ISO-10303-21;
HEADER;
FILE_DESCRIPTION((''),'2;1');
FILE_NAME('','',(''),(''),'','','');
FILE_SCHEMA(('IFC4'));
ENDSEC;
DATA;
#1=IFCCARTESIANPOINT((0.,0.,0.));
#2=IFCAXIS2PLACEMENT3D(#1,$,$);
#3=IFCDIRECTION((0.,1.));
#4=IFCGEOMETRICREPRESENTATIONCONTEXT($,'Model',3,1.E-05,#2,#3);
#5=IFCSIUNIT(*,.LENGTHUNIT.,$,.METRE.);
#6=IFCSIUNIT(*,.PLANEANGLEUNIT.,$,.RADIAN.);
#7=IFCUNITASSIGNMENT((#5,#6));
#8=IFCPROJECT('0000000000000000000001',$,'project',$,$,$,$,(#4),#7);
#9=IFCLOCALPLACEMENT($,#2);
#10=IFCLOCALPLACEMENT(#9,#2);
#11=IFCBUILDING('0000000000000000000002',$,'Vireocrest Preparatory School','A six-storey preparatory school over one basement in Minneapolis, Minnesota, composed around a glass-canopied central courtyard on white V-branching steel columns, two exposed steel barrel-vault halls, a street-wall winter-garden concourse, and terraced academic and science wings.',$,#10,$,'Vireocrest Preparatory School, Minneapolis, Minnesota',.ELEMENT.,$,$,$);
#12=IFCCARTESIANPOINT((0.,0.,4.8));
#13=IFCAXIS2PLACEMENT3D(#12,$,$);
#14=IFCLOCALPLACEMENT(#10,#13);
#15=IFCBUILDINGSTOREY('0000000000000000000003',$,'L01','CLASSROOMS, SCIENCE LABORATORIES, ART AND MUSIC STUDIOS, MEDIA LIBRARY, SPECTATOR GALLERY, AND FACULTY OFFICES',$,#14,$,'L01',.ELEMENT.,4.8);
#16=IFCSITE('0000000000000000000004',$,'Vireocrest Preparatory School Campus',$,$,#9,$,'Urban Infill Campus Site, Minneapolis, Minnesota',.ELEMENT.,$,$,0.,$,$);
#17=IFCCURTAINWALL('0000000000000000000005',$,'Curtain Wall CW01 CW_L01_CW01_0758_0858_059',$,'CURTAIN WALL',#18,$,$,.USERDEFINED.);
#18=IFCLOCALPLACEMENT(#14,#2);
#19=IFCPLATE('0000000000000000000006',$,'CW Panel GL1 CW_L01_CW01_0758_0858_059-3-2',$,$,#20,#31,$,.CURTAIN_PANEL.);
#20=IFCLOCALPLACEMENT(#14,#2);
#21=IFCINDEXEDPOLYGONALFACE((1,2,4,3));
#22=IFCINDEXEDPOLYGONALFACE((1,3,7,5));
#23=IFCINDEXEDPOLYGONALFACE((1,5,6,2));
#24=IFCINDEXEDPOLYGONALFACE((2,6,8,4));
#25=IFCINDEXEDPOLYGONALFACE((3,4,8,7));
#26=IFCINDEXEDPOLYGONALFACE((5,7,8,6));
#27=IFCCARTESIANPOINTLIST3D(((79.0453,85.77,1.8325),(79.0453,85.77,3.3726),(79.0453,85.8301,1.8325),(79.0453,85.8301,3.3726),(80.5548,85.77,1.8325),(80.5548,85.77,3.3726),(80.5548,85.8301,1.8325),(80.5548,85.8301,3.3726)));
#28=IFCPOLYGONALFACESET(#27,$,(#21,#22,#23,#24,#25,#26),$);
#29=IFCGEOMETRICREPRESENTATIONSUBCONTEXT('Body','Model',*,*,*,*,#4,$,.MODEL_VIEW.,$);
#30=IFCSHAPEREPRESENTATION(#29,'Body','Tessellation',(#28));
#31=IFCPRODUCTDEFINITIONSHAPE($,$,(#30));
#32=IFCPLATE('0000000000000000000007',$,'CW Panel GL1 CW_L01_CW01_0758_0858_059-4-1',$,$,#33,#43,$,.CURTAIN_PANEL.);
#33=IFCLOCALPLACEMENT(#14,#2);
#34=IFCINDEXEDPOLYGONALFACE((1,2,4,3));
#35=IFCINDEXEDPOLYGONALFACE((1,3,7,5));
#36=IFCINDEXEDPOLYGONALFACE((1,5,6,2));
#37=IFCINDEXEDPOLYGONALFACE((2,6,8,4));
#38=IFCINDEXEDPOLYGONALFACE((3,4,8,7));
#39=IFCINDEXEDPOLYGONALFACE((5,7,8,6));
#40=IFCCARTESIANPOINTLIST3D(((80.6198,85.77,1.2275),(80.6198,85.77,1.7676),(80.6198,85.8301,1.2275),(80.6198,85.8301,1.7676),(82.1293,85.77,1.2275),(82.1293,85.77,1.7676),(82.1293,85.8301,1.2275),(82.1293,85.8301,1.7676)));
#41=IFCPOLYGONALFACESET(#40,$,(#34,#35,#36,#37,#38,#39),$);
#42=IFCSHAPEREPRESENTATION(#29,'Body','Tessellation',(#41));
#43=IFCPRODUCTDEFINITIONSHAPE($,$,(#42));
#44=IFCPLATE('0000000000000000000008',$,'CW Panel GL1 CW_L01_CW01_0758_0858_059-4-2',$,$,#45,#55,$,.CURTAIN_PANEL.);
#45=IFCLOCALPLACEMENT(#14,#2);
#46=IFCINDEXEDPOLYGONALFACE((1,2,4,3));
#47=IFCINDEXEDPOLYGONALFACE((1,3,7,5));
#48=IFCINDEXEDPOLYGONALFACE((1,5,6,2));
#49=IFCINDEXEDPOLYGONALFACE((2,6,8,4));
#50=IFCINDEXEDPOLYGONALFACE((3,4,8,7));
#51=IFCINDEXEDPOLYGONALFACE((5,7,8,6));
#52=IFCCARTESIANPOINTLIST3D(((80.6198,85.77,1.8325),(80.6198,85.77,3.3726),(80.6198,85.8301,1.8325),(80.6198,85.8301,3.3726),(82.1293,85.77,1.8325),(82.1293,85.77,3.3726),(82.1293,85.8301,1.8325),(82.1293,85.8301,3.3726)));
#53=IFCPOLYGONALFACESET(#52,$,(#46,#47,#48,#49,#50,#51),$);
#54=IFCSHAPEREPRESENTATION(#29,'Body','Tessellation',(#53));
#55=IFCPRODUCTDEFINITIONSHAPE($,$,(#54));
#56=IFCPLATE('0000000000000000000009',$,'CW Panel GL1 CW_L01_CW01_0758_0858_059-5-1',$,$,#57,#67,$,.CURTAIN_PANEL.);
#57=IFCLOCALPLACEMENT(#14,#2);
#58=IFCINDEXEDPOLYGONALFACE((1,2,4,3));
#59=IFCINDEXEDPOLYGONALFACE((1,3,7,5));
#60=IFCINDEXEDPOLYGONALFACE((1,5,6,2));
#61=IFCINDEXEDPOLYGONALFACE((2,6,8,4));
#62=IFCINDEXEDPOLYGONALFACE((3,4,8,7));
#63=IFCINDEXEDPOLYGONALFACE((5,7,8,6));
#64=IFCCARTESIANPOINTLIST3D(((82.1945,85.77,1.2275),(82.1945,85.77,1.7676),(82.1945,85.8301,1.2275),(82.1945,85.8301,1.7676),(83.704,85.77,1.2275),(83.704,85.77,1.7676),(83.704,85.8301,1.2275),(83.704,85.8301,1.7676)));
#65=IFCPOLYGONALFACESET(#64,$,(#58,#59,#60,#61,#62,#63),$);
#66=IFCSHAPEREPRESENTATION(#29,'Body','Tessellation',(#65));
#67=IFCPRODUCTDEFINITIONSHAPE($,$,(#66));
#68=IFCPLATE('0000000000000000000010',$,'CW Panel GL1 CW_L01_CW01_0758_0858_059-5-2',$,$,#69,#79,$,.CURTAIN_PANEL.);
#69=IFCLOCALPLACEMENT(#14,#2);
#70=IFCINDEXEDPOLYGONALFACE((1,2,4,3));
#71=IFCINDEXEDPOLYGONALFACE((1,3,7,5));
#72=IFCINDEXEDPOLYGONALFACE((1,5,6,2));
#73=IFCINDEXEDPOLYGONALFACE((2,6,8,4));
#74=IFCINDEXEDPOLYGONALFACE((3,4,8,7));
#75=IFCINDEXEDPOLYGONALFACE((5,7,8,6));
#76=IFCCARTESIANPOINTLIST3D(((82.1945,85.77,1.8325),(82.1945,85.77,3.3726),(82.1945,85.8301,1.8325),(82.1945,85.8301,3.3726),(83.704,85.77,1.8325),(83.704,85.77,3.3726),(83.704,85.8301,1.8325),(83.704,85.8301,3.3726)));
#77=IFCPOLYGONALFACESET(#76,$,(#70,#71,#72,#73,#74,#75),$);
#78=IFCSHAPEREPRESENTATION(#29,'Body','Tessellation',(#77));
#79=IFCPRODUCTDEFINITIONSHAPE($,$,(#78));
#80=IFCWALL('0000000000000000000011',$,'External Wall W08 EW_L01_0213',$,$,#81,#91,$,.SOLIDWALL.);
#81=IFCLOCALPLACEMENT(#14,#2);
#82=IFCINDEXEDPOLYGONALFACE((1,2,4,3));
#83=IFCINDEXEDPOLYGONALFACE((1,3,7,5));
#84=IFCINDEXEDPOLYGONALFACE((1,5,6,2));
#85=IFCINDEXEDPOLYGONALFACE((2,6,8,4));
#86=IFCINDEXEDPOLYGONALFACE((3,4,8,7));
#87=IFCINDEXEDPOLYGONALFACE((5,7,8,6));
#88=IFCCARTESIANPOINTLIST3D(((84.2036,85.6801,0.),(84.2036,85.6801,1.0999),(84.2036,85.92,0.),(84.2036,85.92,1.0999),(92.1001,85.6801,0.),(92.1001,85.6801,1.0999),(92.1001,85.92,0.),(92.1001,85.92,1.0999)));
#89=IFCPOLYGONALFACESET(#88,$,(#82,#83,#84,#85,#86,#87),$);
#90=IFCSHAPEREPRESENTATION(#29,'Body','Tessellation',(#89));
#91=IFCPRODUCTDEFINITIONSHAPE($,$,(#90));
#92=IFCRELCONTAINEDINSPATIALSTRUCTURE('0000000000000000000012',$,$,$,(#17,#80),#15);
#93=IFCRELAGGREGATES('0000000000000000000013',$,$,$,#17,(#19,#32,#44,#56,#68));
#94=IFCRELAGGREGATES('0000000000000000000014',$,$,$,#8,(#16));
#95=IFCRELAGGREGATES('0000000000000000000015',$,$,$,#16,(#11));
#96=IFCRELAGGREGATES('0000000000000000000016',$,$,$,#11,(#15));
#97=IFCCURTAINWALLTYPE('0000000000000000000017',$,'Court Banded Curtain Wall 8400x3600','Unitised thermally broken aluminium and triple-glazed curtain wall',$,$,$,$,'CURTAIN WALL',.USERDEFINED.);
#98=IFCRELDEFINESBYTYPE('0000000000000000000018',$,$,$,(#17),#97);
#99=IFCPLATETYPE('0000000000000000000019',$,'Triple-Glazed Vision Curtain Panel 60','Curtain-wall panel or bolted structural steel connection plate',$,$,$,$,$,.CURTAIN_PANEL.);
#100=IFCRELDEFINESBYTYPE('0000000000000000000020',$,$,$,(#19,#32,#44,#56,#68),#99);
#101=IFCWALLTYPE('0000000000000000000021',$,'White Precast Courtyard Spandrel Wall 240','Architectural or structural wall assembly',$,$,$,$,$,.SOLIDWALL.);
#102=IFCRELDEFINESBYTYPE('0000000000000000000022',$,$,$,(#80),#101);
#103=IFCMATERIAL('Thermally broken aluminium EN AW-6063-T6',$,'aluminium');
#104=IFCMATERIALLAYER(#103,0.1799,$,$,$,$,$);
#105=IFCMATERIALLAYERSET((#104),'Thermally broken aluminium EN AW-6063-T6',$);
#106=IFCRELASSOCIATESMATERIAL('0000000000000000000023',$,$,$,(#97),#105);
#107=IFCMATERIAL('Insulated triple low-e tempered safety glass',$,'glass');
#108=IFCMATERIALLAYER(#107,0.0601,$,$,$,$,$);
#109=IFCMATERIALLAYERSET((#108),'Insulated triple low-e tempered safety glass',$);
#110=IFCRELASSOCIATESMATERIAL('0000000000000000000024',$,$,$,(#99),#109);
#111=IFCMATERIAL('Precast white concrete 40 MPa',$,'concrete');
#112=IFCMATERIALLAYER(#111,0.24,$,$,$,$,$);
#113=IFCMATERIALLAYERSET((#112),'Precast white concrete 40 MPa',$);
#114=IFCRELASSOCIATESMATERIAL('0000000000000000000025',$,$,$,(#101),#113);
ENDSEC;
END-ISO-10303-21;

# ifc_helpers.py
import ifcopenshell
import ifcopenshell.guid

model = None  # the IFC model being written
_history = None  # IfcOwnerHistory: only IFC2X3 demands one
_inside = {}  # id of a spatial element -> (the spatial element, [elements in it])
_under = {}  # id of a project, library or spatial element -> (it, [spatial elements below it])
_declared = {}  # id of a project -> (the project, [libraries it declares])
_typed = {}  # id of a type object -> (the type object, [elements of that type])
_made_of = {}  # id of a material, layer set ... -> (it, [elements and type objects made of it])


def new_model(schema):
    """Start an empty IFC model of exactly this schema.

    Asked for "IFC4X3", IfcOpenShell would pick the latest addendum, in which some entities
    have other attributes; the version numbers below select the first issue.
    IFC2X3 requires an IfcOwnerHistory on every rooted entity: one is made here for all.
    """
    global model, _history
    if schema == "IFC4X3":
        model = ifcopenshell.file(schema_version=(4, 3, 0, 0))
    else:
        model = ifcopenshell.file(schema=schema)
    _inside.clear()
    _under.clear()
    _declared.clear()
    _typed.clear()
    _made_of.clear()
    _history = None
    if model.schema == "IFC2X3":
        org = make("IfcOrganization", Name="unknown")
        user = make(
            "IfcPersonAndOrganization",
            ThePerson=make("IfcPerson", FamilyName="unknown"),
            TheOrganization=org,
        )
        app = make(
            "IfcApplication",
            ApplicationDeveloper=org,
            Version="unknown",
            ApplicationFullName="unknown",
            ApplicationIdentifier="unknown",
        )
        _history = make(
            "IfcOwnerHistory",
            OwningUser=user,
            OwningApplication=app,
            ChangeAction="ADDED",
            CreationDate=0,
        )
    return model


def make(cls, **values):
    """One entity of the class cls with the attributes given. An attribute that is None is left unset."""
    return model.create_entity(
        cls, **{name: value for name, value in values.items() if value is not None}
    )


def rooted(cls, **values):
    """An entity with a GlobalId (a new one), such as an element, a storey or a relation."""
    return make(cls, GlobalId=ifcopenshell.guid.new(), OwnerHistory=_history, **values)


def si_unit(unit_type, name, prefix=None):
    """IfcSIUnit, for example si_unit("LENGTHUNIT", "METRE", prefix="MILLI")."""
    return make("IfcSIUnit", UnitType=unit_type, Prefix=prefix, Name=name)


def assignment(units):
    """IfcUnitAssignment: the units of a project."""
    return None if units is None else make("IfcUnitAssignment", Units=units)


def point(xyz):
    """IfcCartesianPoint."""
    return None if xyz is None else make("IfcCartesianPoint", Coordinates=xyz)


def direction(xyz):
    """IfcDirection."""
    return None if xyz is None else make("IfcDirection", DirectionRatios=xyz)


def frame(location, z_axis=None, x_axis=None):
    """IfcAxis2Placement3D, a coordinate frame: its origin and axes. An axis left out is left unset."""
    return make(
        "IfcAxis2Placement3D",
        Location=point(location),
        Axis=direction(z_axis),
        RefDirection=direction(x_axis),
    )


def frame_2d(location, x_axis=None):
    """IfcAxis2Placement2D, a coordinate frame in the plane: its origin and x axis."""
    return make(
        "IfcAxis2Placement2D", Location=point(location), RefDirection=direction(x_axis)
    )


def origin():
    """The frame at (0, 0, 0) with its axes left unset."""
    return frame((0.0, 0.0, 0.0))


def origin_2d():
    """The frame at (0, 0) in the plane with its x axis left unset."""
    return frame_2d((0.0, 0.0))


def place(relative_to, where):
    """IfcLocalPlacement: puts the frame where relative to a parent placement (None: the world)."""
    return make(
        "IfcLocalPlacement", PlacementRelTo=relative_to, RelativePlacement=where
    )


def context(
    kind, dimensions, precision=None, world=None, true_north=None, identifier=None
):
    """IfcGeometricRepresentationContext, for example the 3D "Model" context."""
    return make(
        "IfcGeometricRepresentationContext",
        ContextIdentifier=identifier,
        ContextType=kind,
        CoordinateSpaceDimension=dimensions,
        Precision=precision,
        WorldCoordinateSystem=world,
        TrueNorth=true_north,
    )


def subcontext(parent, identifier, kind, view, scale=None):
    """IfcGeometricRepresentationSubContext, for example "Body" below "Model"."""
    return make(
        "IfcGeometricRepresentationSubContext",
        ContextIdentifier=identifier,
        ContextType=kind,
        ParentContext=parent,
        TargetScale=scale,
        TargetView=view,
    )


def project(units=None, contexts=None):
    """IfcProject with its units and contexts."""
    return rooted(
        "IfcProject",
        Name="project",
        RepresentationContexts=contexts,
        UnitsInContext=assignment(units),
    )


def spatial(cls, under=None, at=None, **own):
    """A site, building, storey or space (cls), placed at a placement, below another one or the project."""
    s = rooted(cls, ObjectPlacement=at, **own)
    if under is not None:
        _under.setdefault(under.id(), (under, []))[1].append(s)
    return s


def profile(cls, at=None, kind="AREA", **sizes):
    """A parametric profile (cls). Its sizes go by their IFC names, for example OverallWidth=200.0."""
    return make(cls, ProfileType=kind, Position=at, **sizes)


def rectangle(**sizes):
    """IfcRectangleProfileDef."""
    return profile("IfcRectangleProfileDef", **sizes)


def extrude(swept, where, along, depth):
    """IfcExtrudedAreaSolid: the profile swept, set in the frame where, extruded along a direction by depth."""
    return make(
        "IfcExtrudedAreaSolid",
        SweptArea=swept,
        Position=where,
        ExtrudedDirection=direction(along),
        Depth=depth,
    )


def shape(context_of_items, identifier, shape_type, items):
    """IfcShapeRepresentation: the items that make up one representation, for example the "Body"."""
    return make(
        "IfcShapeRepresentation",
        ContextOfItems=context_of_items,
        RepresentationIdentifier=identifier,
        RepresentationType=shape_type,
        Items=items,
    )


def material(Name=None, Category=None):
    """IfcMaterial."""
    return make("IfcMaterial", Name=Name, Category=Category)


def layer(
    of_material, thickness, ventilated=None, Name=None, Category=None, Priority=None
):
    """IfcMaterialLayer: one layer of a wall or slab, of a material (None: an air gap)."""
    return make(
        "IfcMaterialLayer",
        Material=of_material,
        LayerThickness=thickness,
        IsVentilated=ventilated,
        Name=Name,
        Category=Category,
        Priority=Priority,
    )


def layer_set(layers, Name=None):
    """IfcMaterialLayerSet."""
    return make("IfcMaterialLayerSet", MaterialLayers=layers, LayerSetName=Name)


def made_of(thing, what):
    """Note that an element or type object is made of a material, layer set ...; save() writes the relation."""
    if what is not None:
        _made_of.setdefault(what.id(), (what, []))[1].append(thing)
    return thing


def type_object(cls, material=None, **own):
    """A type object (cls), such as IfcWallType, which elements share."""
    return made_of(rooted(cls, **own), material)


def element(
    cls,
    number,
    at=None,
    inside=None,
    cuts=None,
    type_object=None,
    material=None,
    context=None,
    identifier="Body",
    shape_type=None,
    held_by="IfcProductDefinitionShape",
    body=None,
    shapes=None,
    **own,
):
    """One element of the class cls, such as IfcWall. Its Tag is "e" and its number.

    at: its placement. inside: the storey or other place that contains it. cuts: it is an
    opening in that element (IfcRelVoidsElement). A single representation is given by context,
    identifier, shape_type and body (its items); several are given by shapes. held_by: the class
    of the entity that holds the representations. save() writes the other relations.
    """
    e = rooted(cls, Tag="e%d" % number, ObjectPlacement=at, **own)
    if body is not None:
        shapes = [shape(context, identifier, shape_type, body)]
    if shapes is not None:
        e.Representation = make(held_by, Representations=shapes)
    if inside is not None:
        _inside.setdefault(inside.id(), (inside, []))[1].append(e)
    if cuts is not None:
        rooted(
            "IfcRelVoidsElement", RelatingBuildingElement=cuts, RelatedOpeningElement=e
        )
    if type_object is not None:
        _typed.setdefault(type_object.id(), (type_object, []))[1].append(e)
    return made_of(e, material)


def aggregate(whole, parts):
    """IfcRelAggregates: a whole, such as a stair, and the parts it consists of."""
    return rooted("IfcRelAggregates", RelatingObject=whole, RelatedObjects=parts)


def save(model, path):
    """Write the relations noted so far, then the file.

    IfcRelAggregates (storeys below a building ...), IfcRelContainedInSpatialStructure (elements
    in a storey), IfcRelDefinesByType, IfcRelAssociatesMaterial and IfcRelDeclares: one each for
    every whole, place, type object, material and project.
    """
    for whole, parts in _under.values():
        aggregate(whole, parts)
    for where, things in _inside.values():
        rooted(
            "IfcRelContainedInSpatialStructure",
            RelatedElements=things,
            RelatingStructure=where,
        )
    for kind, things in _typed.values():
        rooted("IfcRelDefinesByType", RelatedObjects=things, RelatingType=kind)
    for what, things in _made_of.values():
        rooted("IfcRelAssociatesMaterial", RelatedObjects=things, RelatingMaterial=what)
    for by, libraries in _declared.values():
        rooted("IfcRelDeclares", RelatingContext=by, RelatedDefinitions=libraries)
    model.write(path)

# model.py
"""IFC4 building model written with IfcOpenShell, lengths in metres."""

from ifc_helpers import new_model, si_unit, direction, frame, frame_2d, origin, origin_2d, place, context, subcontext, project, spatial, rectangle, extrude, material, layer, layer_set, type_object, element, aggregate, save


model = new_model("IFC4")

# Units and contexts
model_context = context("Model", 3, precision=1e-05, world=origin(), true_north=direction((0.0, 1.0)))
body_context = subcontext(model_context, "Body", "Model", "MODEL_VIEW")
ifc_project = project(units=[si_unit("LENGTHUNIT", "METRE"), si_unit("PLANEANGLEUNIT", "RADIAN")], contexts=[model_context])

# Site, building, storey
site_placement = place(None, origin())
site = spatial("IfcSite", under=ifc_project, at=site_placement, Name="Vireocrest Preparatory School Campus", LongName="Urban Infill Campus Site, Minneapolis, Minnesota", CompositionType="ELEMENT", RefElevation=0.0)
building_placement = place(site_placement, origin())
building = spatial("IfcBuilding", under=site, at=building_placement, Name="Vireocrest Preparatory School", Description="A six-storey preparatory school over one basement in Minneapolis, Minnesota, composed around a glass-canopied central courtyard on white V-branching steel columns, two exposed steel barrel-vault halls, a street-wall winter-garden concourse, and terraced academic and science wings.", LongName="Vireocrest Preparatory School, Minneapolis, Minnesota", CompositionType="ELEMENT")
storey_placement = place(building_placement, frame((0.0, 0.0, 4.8)))
storey = spatial("IfcBuildingStorey", under=building, at=storey_placement, Name="L01", Description="CLASSROOMS, SCIENCE LABORATORIES, ART AND MUSIC STUDIOS, MEDIA LIBRARY, SPECTATOR GALLERY, AND FACULTY OFFICES", LongName="L01", CompositionType="ELEMENT", Elevation=4.8)

# Curtain wall
ifc_material_1 = material(Name="Thermally broken aluminium EN AW-6063-T6", Category="aluminium")
ifc_layer_1 = layer(ifc_material_1, 0.1799)
ifc_layer_set_1 = layer_set([ifc_layer_1], Name="Thermally broken aluminium EN AW-6063-T6")
curtain_wall_type = type_object("IfcCurtainWallType", Name="Court Banded Curtain Wall 8400x3600", Description="Unitised thermally broken aluminium and triple-glazed curtain wall", ElementType="CURTAIN WALL", PredefinedType="USERDEFINED", material=ifc_layer_set_1)
curtain_wall_1_placement = place(storey_placement, origin())
curtain_wall_1 = element("IfcCurtainWall", 1, at=curtain_wall_1_placement, inside=storey, type_object=curtain_wall_type, Name="Curtain Wall CW01 CW_L01_CW01_0758_0858_059", ObjectType="CURTAIN WALL", PredefinedType="USERDEFINED")

# Plates
ifc_material_2 = material(Name="Insulated triple low-e tempered safety glass", Category="glass")
ifc_layer_2 = layer(ifc_material_2, 0.0601)
ifc_layer_set_2 = layer_set([ifc_layer_2], Name="Insulated triple low-e tempered safety glass")
plate_type = type_object("IfcPlateType", Name="Triple-Glazed Vision Curtain Panel 60", Description="Curtain-wall panel or bolted structural steel connection plate", PredefinedType="CURTAIN_PANEL", material=ifc_layer_set_2)
plate_1_placement = place(storey_placement, frame((79.8, 85.8, 1.8325), z_axis=(0.0, 0.0, 1.0), x_axis=(1.0, 0.0, 0.0)))
plate_1 = element("IfcPlate", 2, at=plate_1_placement, type_object=plate_type, Name="CW Panel GL1 CW_L01_CW01_0758_0858_059-3-2", PredefinedType="CURTAIN_PANEL", context=body_context, shape_type="SweptSolid", body=[
    extrude(rectangle(XDim=1.5095, YDim=0.0601, at=origin_2d()), origin(), (0.0, 0.0, 1.0), 1.54),
])
plate_2_placement = place(storey_placement, frame((81.3745, 85.8, 1.2275), z_axis=(0.0, 0.0, 1.0), x_axis=(1.0, 0.0, 0.0)))
plate_2 = element("IfcPlate", 3, at=plate_2_placement, type_object=plate_type, Name="CW Panel GL1 CW_L01_CW01_0758_0858_059-4-1", PredefinedType="CURTAIN_PANEL", context=body_context, shape_type="SweptSolid", body=[
    extrude(rectangle(XDim=1.5095, YDim=0.0601, at=origin_2d()), origin(), (0.0, 0.0, 1.0), 0.54),
])
plate_3_placement = place(storey_placement, frame((81.3745, 85.8, 1.8325), z_axis=(0.0, 0.0, 1.0), x_axis=(1.0, 0.0, 0.0)))
plate_3 = element("IfcPlate", 4, at=plate_3_placement, type_object=plate_type, Name="CW Panel GL1 CW_L01_CW01_0758_0858_059-4-2", PredefinedType="CURTAIN_PANEL", context=body_context, shape_type="SweptSolid", body=[
    extrude(rectangle(XDim=1.5095, YDim=0.0601, at=origin_2d()), origin(), (0.0, 0.0, 1.0), 1.54),
])
plate_4_placement = place(storey_placement, frame((82.9492, 85.8, 1.2275), z_axis=(0.0, 0.0, 1.0), x_axis=(1.0, 0.0, 0.0)))
plate_4 = element("IfcPlate", 5, at=plate_4_placement, type_object=plate_type, Name="CW Panel GL1 CW_L01_CW01_0758_0858_059-5-1", PredefinedType="CURTAIN_PANEL", context=body_context, shape_type="SweptSolid", body=[
    extrude(rectangle(XDim=1.5095, YDim=0.0601, at=origin_2d()), origin(), (0.0, 0.0, 1.0), 0.54),
])
plate_5_placement = place(storey_placement, frame((82.9492, 85.8, 1.8325), z_axis=(0.0, 0.0, 1.0), x_axis=(1.0, 0.0, 0.0)))
plate_5 = element("IfcPlate", 6, at=plate_5_placement, type_object=plate_type, Name="CW Panel GL1 CW_L01_CW01_0758_0858_059-5-2", PredefinedType="CURTAIN_PANEL", context=body_context, shape_type="SweptSolid", body=[
    extrude(rectangle(XDim=1.5095, YDim=0.0601, at=origin_2d()), origin(), (0.0, 0.0, 1.0), 1.54),
])
aggregate(curtain_wall_1, [plate_1, plate_2, plate_3, plate_4, plate_5])

# Wall
ifc_material_3 = material(Name="Precast white concrete 40 MPa", Category="concrete")
ifc_layer_3 = layer(ifc_material_3, 0.24)
ifc_layer_set_3 = layer_set([ifc_layer_3], Name="Precast white concrete 40 MPa")
wall_type = type_object("IfcWallType", Name="White Precast Courtyard Spandrel Wall 240", Description="Architectural or structural wall assembly", PredefinedType="SOLIDWALL", material=ifc_layer_set_3)
wall_placement = place(storey_placement, frame((84.2036, 85.8, 0.0), z_axis=(0.0, 0.0, 1.0), x_axis=(1.0, 0.0, 0.0)))
element("IfcWall", 7, at=wall_placement, inside=storey, type_object=wall_type, Name="External Wall W08 EW_L01_0213", PredefinedType="SOLIDWALL", context=body_context, shape_type="SweptSolid", body=[
    extrude(rectangle(XDim=7.8965, YDim=0.24, at=frame_2d((3.9482, 0.0))), origin(), (0.0, 0.0, 1.0), 1.0999),
])

save(model, "model.ifc")
